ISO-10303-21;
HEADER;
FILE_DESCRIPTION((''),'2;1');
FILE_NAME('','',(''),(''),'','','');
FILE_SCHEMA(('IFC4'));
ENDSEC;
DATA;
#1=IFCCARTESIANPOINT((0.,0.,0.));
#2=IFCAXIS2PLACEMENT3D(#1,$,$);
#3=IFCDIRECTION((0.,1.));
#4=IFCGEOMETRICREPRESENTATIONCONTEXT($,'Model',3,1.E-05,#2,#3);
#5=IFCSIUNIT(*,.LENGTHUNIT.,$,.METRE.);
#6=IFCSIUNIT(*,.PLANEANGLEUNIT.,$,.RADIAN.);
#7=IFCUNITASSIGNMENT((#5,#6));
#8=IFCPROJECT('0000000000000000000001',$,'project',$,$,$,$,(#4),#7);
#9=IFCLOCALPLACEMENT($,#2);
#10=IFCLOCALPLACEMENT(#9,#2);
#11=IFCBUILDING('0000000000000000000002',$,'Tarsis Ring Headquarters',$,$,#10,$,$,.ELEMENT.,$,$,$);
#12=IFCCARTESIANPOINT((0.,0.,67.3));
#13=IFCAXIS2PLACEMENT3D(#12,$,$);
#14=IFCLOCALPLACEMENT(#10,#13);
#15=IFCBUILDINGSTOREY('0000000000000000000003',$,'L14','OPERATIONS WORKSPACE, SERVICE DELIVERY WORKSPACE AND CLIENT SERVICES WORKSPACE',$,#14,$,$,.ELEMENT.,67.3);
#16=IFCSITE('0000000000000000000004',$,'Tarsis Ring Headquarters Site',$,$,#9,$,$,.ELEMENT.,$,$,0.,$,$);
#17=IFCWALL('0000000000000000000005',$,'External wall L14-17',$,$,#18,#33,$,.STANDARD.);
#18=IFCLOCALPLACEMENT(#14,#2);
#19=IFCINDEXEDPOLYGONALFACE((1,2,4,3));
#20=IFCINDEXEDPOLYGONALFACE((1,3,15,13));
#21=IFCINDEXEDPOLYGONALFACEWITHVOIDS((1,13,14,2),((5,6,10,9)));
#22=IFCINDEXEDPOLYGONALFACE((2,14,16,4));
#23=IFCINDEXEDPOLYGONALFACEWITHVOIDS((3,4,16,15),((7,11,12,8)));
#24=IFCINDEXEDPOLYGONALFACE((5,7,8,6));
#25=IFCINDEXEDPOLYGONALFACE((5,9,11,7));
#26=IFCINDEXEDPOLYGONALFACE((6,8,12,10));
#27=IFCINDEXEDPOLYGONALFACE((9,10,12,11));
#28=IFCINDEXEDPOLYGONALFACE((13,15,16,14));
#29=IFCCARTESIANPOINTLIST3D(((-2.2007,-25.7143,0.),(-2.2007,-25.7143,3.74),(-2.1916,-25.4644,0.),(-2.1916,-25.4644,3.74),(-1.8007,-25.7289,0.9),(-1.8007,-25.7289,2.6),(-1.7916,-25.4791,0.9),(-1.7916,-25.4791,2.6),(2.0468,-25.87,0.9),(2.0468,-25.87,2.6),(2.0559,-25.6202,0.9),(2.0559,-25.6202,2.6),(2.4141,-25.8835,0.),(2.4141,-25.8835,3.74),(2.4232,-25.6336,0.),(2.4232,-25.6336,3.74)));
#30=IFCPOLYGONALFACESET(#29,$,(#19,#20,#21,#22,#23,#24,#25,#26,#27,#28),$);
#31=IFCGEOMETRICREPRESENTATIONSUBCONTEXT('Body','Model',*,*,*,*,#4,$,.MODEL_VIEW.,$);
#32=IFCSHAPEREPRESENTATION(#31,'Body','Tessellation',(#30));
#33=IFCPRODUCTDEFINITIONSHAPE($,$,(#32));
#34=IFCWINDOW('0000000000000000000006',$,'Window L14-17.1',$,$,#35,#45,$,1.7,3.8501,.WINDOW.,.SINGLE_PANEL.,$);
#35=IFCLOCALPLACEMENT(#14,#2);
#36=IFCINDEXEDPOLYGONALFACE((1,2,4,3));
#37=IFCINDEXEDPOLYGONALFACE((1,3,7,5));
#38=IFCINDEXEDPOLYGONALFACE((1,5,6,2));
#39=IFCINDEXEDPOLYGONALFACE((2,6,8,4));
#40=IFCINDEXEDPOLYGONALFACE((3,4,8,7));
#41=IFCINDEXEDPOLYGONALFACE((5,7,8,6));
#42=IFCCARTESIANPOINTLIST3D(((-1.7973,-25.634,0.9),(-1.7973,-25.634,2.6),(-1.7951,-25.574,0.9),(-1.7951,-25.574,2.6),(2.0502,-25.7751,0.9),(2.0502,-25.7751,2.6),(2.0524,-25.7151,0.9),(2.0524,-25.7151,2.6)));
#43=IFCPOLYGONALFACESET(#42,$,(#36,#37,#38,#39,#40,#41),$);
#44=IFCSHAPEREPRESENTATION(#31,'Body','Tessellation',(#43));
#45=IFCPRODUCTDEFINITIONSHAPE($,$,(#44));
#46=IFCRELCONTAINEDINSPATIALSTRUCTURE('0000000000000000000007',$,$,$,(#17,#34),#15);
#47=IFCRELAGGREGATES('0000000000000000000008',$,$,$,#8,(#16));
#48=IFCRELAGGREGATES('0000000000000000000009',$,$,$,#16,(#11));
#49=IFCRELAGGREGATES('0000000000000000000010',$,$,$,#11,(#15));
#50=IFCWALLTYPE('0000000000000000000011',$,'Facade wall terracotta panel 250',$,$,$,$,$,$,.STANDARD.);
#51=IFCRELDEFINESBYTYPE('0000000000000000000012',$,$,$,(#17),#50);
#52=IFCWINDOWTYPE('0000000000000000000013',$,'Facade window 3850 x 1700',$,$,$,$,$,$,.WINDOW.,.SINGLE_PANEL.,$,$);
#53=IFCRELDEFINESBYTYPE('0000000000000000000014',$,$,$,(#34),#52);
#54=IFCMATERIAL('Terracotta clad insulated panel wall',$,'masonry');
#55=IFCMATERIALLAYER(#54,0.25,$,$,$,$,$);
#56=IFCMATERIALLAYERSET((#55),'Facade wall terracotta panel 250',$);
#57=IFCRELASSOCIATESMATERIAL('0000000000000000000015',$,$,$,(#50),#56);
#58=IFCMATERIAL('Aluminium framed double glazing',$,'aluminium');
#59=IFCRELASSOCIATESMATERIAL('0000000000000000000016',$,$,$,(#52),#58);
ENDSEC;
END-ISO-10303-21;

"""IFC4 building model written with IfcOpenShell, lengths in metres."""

from ifc_helpers import new_model, si_unit, direction, frame, frame_2d, origin, place, context, subcontext, project, spatial, rectangle, extrude, material, layer, layer_set, type_object, element, fill, save


model = new_model("IFC4")

# Units and contexts
model_context = context("Model", 3, precision=1e-05, world=origin(), true_north=direction((0.0, 1.0)))
body_context = subcontext(model_context, "Body", "Model", "MODEL_VIEW")
ifc_project = project(units=[si_unit("LENGTHUNIT", "METRE"), si_unit("PLANEANGLEUNIT", "RADIAN")], contexts=[model_context])

# Site, building, storey
site_placement = place(None, origin())
site = spatial("IfcSite", under=ifc_project, at=site_placement, Name="Tarsis Ring Headquarters Site", CompositionType="ELEMENT", RefElevation=0.0)
building_placement = place(site_placement, origin())
building = spatial("IfcBuilding", under=site, at=building_placement, Name="Tarsis Ring Headquarters", CompositionType="ELEMENT")
storey_placement = place(building_placement, frame((0.0, 0.0, 67.3)))
storey = spatial("IfcBuildingStorey", under=building, at=storey_placement, Name="L14", Description="OPERATIONS WORKSPACE, SERVICE DELIVERY WORKSPACE AND CLIENT SERVICES WORKSPACE", CompositionType="ELEMENT", Elevation=67.3)

# Shared definitions
ifc_material_1 = material(Name="Terracotta clad insulated panel wall", Category="masonry")
ifc_layer_1 = layer(ifc_material_1, 0.25)
ifc_layer_set_1 = layer_set([ifc_layer_1], Name="Facade wall terracotta panel 250")
wall_type_1 = type_object("IfcWallType", Name="Facade wall terracotta panel 250", PredefinedType="STANDARD", material=ifc_layer_set_1)
ifc_material_2 = material(Name="Aluminium framed double glazing", Category="aluminium")

# Wall, opening, window
wall_1_placement = place(storey_placement, frame((-2.1963, -25.5894, 0.0), z_axis=(0.0, 0.0, 1.0), x_axis=(0.999329, -0.036638, 0.0)))
wall_1 = element("IfcWall", 1, at=wall_1_placement, inside=storey, type_object=wall_type_1, Name="External wall L14-17", PredefinedType="STANDARD", context=body_context, shape_type="SweptSolid", body=[
    extrude(rectangle(XDim=4.6179, YDim=0.25, at=frame_2d((2.3091, 0.0))), origin(), (0.0, 0.0, 1.0), 3.74),
])
opening_1_placement = place(wall_1_placement, frame((0.4004, 0.0, 0.8999)))
opening_1 = element("IfcOpeningElement", 2, at=opening_1_placement, cuts=wall_1, PredefinedType="OPENING", context=body_context, shape_type="SweptSolid", body=[
    extrude(rectangle(XDim=3.8501, YDim=1.7, at=frame_2d((1.925, 0.8501))), frame((0.0, 0.135, 0.0), z_axis=(0.0, -1.0, 0.0), x_axis=(1.0, 0.0, 0.0)), (0.0, 0.0, 1.0), 0.27),
])
window_type_1 = type_object("IfcWindowType", Name="Facade window 3850 x 1700", PartitioningType="SINGLE_PANEL", PredefinedType="WINDOW", material=ifc_material_2)
window_1_placement = place(opening_1_placement, origin())
window_1 = element("IfcWindow", 3, at=window_1_placement, inside=storey, type_object=window_type_1, Name="Window L14-17.1", OverallHeight=1.7, OverallWidth=3.8501, PartitioningType="SINGLE_PANEL", PredefinedType="WINDOW", context=body_context, shape_type="SweptSolid", body=[
    extrude(rectangle(XDim=3.8501, YDim=1.7, at=frame_2d((1.925, 0.8501))), frame((0.0, 0.03, 0.0), z_axis=(0.0, -1.0, 0.0), x_axis=(1.0, 0.0, 0.0)), (0.0, 0.0, 1.0), 0.0601),
])
fill(opening_1, window_1)

save(model, "model.ifc")
